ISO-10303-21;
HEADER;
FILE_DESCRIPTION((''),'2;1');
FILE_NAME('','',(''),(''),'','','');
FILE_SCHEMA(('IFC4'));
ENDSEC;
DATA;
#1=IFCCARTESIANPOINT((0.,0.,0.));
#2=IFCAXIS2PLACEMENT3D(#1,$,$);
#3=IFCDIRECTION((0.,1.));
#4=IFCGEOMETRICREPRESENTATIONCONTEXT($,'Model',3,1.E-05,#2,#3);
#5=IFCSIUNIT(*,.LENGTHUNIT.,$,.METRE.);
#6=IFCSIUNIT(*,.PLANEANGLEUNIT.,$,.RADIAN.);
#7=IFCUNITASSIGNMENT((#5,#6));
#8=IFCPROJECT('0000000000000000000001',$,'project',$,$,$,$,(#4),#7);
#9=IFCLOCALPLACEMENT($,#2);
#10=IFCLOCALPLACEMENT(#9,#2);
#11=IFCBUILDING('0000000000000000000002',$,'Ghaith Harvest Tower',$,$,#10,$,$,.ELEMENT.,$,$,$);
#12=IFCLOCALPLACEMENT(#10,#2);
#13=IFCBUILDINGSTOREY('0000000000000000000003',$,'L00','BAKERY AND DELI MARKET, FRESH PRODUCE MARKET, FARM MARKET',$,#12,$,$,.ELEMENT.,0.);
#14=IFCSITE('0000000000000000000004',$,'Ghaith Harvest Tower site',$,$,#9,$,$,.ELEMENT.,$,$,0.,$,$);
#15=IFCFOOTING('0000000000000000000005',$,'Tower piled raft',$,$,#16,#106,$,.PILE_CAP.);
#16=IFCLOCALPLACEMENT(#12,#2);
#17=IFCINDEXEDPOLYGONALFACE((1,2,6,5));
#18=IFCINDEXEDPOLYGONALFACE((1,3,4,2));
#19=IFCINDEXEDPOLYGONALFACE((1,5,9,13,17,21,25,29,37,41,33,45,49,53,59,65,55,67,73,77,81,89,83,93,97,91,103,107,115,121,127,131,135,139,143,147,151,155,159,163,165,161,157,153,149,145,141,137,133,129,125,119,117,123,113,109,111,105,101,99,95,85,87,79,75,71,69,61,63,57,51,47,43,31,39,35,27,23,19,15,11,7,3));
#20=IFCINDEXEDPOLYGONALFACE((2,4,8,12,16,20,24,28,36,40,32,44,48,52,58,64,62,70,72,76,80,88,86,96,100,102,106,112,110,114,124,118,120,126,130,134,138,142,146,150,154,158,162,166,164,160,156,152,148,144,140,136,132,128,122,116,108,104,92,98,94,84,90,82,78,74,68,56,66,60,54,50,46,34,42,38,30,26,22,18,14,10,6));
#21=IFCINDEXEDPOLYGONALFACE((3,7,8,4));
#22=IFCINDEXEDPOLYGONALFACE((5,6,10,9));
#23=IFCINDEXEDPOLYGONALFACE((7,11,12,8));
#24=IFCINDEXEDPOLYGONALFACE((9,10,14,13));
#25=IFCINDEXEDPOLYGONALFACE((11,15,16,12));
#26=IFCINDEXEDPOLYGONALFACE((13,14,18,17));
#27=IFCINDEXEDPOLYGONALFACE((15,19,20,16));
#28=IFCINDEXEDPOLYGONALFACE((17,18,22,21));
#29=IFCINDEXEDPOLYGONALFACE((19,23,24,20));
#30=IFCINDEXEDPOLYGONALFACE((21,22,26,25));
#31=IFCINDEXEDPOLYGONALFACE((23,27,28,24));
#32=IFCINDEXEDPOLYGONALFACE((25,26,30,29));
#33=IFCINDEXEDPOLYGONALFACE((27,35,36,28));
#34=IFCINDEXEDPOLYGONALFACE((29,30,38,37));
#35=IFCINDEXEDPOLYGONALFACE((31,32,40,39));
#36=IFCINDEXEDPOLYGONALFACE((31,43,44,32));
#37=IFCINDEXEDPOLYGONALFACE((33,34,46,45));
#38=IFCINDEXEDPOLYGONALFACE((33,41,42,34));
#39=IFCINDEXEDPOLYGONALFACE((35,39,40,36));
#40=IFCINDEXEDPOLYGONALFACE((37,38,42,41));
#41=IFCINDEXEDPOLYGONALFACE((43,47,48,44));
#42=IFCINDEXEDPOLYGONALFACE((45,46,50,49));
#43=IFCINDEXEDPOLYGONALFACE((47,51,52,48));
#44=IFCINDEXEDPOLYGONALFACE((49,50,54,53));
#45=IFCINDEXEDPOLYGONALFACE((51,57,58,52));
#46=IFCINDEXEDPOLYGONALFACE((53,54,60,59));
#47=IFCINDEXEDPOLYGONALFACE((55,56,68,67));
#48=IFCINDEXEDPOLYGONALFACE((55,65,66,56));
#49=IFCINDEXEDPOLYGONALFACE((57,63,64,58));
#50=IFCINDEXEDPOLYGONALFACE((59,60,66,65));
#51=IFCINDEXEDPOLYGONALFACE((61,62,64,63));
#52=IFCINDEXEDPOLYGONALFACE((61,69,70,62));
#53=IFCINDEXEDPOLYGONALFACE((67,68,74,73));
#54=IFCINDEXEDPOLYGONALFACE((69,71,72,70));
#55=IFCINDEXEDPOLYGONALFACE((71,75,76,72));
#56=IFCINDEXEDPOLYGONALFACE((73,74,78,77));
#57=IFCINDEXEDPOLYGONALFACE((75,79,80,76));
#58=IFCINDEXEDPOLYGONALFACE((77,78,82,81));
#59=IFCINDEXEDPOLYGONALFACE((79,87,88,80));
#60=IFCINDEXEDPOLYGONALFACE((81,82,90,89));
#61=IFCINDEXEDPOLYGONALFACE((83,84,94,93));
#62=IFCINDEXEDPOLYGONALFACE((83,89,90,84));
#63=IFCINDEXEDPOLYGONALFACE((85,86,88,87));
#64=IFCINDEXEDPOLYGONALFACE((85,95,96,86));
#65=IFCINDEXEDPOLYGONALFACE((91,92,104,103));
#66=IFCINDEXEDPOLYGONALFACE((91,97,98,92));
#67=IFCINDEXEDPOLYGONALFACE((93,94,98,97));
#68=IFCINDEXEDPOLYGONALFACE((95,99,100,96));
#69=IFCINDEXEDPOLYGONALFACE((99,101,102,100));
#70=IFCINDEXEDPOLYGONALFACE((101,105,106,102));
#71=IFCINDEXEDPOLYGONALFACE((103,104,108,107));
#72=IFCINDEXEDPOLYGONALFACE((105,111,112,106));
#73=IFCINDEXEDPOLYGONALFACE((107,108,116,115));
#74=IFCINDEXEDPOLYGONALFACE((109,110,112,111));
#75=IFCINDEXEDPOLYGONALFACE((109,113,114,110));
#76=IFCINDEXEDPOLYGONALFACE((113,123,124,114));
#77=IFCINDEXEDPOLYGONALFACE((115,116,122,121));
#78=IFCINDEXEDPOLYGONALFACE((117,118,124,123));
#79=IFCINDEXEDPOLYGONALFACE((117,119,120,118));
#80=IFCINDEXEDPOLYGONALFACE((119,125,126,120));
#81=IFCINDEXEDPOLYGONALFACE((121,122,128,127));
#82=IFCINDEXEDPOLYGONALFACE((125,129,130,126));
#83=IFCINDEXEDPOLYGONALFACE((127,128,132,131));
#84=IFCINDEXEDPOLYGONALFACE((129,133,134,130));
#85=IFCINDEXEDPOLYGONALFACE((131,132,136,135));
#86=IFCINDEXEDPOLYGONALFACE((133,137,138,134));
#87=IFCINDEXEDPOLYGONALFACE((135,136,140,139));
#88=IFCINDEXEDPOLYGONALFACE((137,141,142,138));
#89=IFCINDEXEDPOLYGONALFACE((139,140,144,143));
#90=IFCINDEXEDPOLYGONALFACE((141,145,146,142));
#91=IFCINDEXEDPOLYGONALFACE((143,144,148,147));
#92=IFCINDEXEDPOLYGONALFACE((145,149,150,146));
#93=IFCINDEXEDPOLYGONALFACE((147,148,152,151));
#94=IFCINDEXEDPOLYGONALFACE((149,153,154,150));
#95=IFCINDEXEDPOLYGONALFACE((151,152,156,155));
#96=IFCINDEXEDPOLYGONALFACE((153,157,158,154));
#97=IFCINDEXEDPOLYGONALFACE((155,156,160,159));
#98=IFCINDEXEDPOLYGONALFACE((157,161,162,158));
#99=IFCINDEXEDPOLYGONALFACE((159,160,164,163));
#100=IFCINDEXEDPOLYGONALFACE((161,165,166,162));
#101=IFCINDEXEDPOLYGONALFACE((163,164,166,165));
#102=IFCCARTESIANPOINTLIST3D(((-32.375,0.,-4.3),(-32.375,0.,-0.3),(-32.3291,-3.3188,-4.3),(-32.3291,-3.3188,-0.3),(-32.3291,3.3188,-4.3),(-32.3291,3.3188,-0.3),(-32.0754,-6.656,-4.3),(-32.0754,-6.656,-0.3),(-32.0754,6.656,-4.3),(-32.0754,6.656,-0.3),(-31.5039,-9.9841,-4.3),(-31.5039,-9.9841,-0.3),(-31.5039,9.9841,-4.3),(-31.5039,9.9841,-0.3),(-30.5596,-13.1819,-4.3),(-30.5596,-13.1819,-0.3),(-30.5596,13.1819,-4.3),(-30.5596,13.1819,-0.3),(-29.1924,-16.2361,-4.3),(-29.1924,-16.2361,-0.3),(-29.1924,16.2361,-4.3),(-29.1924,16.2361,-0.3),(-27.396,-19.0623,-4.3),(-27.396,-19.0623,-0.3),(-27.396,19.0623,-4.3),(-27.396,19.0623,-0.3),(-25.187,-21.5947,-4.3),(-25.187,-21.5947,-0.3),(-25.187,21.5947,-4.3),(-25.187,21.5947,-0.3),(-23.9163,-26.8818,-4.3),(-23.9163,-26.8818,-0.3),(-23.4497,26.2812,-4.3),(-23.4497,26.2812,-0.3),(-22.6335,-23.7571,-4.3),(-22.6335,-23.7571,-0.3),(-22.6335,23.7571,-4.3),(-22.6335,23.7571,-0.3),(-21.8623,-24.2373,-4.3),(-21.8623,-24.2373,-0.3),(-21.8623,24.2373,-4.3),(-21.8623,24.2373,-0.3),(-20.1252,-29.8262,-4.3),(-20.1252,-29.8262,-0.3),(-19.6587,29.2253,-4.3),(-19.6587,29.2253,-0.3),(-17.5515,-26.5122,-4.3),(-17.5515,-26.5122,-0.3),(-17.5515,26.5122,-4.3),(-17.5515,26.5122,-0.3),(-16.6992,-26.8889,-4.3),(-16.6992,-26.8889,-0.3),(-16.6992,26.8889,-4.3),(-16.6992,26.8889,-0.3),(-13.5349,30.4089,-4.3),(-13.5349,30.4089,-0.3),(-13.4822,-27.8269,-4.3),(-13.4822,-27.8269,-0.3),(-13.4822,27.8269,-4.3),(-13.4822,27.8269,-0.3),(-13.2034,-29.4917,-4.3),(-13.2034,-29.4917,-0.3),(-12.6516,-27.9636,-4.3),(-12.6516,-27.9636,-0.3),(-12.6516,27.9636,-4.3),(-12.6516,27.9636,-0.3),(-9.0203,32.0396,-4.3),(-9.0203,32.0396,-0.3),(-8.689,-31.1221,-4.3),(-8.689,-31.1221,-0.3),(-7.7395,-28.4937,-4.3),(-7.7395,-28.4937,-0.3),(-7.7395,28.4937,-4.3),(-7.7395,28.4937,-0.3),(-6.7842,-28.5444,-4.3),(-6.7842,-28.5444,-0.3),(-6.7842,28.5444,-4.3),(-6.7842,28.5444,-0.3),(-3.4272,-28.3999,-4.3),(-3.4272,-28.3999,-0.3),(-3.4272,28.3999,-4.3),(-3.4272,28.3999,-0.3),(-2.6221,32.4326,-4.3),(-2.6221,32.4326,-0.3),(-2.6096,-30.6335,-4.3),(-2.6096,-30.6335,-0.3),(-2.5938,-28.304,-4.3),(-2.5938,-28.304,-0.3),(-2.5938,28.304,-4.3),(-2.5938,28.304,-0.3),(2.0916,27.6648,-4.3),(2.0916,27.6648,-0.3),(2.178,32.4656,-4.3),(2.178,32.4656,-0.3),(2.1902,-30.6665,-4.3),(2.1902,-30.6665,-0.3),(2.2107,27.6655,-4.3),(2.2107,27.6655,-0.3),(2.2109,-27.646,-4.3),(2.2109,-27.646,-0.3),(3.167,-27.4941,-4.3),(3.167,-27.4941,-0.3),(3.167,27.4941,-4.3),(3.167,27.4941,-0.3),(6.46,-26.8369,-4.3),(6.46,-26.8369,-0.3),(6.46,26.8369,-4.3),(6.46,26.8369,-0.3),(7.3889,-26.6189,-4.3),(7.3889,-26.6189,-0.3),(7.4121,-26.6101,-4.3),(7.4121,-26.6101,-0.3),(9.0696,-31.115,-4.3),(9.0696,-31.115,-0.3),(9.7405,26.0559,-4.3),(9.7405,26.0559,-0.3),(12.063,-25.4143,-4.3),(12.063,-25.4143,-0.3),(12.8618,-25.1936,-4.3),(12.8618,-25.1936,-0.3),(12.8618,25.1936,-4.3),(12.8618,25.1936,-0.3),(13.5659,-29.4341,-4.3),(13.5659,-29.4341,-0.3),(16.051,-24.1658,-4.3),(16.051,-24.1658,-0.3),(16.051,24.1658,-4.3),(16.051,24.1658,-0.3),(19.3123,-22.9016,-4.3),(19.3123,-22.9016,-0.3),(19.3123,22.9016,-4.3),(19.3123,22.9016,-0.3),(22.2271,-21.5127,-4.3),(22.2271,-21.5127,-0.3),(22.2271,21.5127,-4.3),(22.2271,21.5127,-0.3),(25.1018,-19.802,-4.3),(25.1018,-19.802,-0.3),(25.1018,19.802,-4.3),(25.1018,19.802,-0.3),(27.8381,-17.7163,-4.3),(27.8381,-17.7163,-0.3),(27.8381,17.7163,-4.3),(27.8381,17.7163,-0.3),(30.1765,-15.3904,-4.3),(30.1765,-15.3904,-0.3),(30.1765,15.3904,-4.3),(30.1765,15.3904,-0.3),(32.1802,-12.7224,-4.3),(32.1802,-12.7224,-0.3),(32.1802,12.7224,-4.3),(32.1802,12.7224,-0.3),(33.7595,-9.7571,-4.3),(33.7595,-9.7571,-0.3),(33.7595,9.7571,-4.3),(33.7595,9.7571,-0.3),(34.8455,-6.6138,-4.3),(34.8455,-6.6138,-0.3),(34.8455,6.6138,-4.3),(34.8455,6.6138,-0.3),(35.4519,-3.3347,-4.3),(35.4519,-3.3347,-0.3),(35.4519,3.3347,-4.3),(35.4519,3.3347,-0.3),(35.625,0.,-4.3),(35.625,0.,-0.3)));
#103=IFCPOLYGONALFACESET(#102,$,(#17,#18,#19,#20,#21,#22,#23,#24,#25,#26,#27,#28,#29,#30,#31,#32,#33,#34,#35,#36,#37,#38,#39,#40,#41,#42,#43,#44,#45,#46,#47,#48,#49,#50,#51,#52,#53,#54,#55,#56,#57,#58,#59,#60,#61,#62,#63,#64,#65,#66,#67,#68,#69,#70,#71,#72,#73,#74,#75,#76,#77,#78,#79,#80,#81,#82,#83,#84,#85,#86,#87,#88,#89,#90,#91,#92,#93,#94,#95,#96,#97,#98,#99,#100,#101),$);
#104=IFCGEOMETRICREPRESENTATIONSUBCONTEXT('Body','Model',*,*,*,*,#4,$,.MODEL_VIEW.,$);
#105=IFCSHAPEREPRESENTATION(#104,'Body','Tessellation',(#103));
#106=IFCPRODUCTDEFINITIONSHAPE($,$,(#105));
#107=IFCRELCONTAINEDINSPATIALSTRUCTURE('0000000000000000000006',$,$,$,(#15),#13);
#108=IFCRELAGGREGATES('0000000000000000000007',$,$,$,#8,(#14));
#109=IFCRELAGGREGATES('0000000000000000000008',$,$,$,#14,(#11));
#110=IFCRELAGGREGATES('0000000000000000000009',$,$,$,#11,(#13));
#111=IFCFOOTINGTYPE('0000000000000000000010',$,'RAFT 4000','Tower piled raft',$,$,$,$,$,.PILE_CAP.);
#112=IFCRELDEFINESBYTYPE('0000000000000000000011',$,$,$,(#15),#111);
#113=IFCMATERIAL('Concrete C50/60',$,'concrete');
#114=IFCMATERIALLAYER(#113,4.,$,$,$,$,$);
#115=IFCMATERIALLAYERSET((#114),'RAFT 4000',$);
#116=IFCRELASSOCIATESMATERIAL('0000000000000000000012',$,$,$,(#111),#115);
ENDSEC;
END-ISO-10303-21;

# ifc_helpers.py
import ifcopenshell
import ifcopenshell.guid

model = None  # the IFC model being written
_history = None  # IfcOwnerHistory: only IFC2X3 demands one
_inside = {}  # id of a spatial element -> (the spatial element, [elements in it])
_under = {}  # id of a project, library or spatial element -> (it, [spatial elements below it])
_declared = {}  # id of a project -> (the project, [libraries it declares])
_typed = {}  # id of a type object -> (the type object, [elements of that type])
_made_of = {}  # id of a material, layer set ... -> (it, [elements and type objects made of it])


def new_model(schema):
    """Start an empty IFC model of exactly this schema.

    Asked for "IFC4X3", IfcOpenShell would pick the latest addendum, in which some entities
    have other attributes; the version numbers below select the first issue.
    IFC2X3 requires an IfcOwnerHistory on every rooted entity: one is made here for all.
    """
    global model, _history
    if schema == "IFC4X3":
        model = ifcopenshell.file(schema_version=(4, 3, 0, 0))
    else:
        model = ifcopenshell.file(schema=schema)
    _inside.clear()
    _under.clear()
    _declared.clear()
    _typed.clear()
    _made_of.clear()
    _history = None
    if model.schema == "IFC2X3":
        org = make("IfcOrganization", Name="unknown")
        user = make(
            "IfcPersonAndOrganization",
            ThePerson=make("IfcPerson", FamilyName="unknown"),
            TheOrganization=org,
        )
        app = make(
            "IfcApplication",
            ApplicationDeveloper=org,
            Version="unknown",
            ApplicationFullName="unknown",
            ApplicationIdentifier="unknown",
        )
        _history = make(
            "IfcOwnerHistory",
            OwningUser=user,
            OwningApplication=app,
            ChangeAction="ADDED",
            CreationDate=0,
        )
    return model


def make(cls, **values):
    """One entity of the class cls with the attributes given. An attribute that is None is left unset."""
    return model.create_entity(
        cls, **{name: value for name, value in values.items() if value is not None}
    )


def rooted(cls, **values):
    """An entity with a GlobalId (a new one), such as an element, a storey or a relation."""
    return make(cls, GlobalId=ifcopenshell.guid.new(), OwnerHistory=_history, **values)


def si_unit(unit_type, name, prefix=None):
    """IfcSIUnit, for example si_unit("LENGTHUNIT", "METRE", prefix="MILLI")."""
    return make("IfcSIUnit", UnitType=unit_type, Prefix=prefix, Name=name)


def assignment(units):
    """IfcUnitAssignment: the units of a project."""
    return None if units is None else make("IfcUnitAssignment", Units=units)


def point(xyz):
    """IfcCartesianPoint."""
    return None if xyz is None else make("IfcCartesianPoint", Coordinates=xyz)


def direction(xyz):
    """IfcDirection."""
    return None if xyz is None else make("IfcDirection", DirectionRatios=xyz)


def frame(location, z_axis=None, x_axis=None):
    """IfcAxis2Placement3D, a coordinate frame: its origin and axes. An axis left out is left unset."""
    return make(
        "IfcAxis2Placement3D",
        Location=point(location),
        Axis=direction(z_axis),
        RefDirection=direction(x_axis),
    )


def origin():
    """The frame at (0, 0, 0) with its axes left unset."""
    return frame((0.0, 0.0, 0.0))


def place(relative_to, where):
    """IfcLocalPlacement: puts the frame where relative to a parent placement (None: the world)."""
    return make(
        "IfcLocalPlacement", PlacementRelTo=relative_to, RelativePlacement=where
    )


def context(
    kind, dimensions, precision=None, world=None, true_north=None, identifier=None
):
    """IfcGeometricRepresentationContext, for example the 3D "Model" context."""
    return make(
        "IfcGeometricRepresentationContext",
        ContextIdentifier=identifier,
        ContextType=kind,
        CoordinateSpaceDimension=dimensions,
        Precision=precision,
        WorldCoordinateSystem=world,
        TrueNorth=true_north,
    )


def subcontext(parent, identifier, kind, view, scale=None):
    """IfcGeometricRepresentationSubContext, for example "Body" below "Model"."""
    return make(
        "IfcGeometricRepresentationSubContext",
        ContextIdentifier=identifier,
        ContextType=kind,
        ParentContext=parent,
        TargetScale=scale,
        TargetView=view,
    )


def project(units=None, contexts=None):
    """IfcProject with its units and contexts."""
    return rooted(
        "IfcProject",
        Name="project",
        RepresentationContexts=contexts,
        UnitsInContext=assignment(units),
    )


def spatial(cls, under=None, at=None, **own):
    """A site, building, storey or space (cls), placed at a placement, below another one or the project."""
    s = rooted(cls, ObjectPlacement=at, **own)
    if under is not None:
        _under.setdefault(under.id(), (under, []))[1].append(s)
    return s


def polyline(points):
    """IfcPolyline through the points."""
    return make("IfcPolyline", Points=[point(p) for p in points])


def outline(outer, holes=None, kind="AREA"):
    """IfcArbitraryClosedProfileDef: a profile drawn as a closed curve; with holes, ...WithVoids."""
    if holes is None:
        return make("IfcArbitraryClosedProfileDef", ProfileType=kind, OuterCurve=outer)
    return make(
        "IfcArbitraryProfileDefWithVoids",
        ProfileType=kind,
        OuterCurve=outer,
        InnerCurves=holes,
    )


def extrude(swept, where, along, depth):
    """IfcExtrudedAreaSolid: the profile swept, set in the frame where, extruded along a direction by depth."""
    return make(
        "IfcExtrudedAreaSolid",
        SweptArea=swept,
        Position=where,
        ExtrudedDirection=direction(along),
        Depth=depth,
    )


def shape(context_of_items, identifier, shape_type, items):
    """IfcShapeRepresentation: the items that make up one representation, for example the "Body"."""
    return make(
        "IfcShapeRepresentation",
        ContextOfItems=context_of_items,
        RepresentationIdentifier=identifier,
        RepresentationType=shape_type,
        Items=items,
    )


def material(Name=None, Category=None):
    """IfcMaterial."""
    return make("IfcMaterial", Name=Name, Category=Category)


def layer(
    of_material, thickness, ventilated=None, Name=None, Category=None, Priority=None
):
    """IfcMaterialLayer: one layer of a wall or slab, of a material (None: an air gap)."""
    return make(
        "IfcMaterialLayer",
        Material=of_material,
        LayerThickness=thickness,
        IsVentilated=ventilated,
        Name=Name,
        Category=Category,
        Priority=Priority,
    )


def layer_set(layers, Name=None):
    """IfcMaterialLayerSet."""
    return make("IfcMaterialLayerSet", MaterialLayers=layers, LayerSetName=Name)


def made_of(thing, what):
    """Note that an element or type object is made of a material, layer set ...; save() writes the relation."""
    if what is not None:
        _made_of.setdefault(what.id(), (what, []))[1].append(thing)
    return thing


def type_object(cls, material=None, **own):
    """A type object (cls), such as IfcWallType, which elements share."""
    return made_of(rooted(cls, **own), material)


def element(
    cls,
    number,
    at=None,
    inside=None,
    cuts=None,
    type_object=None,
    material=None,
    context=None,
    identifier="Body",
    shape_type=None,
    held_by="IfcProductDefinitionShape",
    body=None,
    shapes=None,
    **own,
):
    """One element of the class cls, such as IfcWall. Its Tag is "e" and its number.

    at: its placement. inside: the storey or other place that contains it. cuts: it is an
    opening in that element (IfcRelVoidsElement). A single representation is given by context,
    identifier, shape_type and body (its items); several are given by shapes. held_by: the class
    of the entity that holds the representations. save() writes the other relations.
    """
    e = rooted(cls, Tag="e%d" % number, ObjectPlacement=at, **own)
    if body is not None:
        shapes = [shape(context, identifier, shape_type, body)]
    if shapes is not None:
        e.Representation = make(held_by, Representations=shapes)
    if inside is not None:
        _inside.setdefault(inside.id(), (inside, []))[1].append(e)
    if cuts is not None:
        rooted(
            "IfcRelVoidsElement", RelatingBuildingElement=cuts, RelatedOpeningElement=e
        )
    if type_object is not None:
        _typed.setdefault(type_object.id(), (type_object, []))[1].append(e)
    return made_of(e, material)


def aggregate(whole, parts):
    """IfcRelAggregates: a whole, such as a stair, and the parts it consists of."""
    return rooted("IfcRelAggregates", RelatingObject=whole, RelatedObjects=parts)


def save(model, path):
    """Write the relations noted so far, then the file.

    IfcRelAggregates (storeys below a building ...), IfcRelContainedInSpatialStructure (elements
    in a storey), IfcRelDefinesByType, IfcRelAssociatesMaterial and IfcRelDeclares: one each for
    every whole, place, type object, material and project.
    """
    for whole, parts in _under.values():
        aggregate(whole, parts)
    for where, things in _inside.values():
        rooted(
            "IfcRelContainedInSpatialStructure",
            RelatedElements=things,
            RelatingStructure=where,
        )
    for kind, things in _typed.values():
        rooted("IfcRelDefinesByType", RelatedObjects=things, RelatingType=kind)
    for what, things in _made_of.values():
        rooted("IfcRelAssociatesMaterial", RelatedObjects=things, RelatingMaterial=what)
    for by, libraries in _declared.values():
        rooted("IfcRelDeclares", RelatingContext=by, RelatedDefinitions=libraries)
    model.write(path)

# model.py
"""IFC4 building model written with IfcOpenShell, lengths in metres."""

from ifc_helpers import new_model, si_unit, direction, frame, origin, place, context, subcontext, project, spatial, polyline, outline, extrude, material, layer, layer_set, type_object, element, save


model = new_model("IFC4")

# Units and contexts
model_context = context("Model", 3, precision=1e-05, world=origin(), true_north=direction((0.0, 1.0)))
body_context = subcontext(model_context, "Body", "Model", "MODEL_VIEW")
ifc_project = project(units=[si_unit("LENGTHUNIT", "METRE"), si_unit("PLANEANGLEUNIT", "RADIAN")], contexts=[model_context])

# Site, building, storey
site_placement = place(None, origin())
site = spatial("IfcSite", under=ifc_project, at=site_placement, Name="Ghaith Harvest Tower site", CompositionType="ELEMENT", RefElevation=0.0)
building_placement = place(site_placement, origin())
building = spatial("IfcBuilding", under=site, at=building_placement, Name="Ghaith Harvest Tower", CompositionType="ELEMENT")
storey_placement = place(building_placement, origin())
storey = spatial("IfcBuildingStorey", under=building, at=storey_placement, Name="L00", Description="BAKERY AND DELI MARKET, FRESH PRODUCE MARKET, FARM MARKET", CompositionType="ELEMENT", Elevation=0.0)

# Footing
ifc_material_1 = material(Name="Concrete C50/60", Category="concrete")
ifc_layer_1 = layer(ifc_material_1, 4.0)
ifc_layer_set_1 = layer_set([ifc_layer_1], Name="RAFT 4000")
footing_type = type_object("IfcFootingType", Name="RAFT 4000", Description="Tower piled raft", PredefinedType="PILE_CAP", material=ifc_layer_set_1)
footing_placement = place(storey_placement, frame((0.0, 0.0, -4.3)))
element("IfcFooting", 1, at=footing_placement, inside=storey, type_object=footing_type, Name="Tower piled raft", PredefinedType="PILE_CAP", context=body_context, shape_type="SweptSolid", body=[
    extrude(outline(polyline([(-2.6096, -30.6335), (-2.5938, -28.304), (-3.4272, -28.3999), (-6.7842, -28.5444), (-7.7395, -28.4937), (-8.689, -31.1221), (-13.2034, -29.4917), (-12.6516, -27.9636), (-13.4822, -27.8269), (-16.6992, -26.8889), (-17.5515, -26.5122), (-20.1252, -29.8262), (-23.9163, -26.8818), (-21.8623, -24.2373), (-22.6335, -23.7571), (-25.187, -21.5947), (-27.396, -19.0623), (-29.1924, -16.2361), (-30.5596, -13.1819), (-31.5039, -9.9841), (-32.0754, -6.656), (-32.3291, -3.3188), (-32.375, 0.0), (-32.3291, 3.3188), (-32.0754, 6.656), (-31.5039, 9.9841), (-30.5596, 13.1819), (-29.1924, 16.2361), (-27.396, 19.0623), (-25.187, 21.5947), (-22.6335, 23.7571), (-21.8623, 24.2373), (-23.4497, 26.2812), (-19.6587, 29.2253), (-17.5515, 26.5122), (-16.6992, 26.8889), (-13.4822, 27.8269), (-12.6516, 27.9636), (-13.5349, 30.4089), (-9.0203, 32.0396), (-7.7395, 28.4937), (-6.7842, 28.5444), (-3.4272, 28.3999), (-2.5938, 28.304), (-2.6221, 32.4326), (2.178, 32.4656), (2.2107, 27.6655), (2.0916, 27.6648), (3.167, 27.4941), (6.46, 26.8369), (9.7405, 26.0559), (12.8618, 25.1936), (16.051, 24.1658), (19.3123, 22.9016), (22.2271, 21.5127), (25.1018, 19.802), (27.8381, 17.7163), (30.1765, 15.3904), (32.1802, 12.7224), (33.7595, 9.7571), (34.8455, 6.6138), (35.4519, 3.3347), (35.625, 0.0), (35.4519, -3.3347), (34.8455, -6.6138), (33.7595, -9.7571), (32.1802, -12.7224), (30.1765, -15.3904), (27.8381, -17.7163), (25.1018, -19.802), (22.2271, -21.5127), (19.3123, -22.9016), (16.051, -24.1658), (12.8618, -25.1936), (12.063, -25.4143), (13.5659, -29.4341), (9.0696, -31.115), (7.3889, -26.6189), (7.4121, -26.6101), (6.46, -26.8369), (3.167, -27.4941), (2.2109, -27.646), (2.1902, -30.6665), (-2.6096, -30.6335)])), origin(), (0.0, 0.0, 1.0), 4.0),
])

save(model, "model.ifc")
